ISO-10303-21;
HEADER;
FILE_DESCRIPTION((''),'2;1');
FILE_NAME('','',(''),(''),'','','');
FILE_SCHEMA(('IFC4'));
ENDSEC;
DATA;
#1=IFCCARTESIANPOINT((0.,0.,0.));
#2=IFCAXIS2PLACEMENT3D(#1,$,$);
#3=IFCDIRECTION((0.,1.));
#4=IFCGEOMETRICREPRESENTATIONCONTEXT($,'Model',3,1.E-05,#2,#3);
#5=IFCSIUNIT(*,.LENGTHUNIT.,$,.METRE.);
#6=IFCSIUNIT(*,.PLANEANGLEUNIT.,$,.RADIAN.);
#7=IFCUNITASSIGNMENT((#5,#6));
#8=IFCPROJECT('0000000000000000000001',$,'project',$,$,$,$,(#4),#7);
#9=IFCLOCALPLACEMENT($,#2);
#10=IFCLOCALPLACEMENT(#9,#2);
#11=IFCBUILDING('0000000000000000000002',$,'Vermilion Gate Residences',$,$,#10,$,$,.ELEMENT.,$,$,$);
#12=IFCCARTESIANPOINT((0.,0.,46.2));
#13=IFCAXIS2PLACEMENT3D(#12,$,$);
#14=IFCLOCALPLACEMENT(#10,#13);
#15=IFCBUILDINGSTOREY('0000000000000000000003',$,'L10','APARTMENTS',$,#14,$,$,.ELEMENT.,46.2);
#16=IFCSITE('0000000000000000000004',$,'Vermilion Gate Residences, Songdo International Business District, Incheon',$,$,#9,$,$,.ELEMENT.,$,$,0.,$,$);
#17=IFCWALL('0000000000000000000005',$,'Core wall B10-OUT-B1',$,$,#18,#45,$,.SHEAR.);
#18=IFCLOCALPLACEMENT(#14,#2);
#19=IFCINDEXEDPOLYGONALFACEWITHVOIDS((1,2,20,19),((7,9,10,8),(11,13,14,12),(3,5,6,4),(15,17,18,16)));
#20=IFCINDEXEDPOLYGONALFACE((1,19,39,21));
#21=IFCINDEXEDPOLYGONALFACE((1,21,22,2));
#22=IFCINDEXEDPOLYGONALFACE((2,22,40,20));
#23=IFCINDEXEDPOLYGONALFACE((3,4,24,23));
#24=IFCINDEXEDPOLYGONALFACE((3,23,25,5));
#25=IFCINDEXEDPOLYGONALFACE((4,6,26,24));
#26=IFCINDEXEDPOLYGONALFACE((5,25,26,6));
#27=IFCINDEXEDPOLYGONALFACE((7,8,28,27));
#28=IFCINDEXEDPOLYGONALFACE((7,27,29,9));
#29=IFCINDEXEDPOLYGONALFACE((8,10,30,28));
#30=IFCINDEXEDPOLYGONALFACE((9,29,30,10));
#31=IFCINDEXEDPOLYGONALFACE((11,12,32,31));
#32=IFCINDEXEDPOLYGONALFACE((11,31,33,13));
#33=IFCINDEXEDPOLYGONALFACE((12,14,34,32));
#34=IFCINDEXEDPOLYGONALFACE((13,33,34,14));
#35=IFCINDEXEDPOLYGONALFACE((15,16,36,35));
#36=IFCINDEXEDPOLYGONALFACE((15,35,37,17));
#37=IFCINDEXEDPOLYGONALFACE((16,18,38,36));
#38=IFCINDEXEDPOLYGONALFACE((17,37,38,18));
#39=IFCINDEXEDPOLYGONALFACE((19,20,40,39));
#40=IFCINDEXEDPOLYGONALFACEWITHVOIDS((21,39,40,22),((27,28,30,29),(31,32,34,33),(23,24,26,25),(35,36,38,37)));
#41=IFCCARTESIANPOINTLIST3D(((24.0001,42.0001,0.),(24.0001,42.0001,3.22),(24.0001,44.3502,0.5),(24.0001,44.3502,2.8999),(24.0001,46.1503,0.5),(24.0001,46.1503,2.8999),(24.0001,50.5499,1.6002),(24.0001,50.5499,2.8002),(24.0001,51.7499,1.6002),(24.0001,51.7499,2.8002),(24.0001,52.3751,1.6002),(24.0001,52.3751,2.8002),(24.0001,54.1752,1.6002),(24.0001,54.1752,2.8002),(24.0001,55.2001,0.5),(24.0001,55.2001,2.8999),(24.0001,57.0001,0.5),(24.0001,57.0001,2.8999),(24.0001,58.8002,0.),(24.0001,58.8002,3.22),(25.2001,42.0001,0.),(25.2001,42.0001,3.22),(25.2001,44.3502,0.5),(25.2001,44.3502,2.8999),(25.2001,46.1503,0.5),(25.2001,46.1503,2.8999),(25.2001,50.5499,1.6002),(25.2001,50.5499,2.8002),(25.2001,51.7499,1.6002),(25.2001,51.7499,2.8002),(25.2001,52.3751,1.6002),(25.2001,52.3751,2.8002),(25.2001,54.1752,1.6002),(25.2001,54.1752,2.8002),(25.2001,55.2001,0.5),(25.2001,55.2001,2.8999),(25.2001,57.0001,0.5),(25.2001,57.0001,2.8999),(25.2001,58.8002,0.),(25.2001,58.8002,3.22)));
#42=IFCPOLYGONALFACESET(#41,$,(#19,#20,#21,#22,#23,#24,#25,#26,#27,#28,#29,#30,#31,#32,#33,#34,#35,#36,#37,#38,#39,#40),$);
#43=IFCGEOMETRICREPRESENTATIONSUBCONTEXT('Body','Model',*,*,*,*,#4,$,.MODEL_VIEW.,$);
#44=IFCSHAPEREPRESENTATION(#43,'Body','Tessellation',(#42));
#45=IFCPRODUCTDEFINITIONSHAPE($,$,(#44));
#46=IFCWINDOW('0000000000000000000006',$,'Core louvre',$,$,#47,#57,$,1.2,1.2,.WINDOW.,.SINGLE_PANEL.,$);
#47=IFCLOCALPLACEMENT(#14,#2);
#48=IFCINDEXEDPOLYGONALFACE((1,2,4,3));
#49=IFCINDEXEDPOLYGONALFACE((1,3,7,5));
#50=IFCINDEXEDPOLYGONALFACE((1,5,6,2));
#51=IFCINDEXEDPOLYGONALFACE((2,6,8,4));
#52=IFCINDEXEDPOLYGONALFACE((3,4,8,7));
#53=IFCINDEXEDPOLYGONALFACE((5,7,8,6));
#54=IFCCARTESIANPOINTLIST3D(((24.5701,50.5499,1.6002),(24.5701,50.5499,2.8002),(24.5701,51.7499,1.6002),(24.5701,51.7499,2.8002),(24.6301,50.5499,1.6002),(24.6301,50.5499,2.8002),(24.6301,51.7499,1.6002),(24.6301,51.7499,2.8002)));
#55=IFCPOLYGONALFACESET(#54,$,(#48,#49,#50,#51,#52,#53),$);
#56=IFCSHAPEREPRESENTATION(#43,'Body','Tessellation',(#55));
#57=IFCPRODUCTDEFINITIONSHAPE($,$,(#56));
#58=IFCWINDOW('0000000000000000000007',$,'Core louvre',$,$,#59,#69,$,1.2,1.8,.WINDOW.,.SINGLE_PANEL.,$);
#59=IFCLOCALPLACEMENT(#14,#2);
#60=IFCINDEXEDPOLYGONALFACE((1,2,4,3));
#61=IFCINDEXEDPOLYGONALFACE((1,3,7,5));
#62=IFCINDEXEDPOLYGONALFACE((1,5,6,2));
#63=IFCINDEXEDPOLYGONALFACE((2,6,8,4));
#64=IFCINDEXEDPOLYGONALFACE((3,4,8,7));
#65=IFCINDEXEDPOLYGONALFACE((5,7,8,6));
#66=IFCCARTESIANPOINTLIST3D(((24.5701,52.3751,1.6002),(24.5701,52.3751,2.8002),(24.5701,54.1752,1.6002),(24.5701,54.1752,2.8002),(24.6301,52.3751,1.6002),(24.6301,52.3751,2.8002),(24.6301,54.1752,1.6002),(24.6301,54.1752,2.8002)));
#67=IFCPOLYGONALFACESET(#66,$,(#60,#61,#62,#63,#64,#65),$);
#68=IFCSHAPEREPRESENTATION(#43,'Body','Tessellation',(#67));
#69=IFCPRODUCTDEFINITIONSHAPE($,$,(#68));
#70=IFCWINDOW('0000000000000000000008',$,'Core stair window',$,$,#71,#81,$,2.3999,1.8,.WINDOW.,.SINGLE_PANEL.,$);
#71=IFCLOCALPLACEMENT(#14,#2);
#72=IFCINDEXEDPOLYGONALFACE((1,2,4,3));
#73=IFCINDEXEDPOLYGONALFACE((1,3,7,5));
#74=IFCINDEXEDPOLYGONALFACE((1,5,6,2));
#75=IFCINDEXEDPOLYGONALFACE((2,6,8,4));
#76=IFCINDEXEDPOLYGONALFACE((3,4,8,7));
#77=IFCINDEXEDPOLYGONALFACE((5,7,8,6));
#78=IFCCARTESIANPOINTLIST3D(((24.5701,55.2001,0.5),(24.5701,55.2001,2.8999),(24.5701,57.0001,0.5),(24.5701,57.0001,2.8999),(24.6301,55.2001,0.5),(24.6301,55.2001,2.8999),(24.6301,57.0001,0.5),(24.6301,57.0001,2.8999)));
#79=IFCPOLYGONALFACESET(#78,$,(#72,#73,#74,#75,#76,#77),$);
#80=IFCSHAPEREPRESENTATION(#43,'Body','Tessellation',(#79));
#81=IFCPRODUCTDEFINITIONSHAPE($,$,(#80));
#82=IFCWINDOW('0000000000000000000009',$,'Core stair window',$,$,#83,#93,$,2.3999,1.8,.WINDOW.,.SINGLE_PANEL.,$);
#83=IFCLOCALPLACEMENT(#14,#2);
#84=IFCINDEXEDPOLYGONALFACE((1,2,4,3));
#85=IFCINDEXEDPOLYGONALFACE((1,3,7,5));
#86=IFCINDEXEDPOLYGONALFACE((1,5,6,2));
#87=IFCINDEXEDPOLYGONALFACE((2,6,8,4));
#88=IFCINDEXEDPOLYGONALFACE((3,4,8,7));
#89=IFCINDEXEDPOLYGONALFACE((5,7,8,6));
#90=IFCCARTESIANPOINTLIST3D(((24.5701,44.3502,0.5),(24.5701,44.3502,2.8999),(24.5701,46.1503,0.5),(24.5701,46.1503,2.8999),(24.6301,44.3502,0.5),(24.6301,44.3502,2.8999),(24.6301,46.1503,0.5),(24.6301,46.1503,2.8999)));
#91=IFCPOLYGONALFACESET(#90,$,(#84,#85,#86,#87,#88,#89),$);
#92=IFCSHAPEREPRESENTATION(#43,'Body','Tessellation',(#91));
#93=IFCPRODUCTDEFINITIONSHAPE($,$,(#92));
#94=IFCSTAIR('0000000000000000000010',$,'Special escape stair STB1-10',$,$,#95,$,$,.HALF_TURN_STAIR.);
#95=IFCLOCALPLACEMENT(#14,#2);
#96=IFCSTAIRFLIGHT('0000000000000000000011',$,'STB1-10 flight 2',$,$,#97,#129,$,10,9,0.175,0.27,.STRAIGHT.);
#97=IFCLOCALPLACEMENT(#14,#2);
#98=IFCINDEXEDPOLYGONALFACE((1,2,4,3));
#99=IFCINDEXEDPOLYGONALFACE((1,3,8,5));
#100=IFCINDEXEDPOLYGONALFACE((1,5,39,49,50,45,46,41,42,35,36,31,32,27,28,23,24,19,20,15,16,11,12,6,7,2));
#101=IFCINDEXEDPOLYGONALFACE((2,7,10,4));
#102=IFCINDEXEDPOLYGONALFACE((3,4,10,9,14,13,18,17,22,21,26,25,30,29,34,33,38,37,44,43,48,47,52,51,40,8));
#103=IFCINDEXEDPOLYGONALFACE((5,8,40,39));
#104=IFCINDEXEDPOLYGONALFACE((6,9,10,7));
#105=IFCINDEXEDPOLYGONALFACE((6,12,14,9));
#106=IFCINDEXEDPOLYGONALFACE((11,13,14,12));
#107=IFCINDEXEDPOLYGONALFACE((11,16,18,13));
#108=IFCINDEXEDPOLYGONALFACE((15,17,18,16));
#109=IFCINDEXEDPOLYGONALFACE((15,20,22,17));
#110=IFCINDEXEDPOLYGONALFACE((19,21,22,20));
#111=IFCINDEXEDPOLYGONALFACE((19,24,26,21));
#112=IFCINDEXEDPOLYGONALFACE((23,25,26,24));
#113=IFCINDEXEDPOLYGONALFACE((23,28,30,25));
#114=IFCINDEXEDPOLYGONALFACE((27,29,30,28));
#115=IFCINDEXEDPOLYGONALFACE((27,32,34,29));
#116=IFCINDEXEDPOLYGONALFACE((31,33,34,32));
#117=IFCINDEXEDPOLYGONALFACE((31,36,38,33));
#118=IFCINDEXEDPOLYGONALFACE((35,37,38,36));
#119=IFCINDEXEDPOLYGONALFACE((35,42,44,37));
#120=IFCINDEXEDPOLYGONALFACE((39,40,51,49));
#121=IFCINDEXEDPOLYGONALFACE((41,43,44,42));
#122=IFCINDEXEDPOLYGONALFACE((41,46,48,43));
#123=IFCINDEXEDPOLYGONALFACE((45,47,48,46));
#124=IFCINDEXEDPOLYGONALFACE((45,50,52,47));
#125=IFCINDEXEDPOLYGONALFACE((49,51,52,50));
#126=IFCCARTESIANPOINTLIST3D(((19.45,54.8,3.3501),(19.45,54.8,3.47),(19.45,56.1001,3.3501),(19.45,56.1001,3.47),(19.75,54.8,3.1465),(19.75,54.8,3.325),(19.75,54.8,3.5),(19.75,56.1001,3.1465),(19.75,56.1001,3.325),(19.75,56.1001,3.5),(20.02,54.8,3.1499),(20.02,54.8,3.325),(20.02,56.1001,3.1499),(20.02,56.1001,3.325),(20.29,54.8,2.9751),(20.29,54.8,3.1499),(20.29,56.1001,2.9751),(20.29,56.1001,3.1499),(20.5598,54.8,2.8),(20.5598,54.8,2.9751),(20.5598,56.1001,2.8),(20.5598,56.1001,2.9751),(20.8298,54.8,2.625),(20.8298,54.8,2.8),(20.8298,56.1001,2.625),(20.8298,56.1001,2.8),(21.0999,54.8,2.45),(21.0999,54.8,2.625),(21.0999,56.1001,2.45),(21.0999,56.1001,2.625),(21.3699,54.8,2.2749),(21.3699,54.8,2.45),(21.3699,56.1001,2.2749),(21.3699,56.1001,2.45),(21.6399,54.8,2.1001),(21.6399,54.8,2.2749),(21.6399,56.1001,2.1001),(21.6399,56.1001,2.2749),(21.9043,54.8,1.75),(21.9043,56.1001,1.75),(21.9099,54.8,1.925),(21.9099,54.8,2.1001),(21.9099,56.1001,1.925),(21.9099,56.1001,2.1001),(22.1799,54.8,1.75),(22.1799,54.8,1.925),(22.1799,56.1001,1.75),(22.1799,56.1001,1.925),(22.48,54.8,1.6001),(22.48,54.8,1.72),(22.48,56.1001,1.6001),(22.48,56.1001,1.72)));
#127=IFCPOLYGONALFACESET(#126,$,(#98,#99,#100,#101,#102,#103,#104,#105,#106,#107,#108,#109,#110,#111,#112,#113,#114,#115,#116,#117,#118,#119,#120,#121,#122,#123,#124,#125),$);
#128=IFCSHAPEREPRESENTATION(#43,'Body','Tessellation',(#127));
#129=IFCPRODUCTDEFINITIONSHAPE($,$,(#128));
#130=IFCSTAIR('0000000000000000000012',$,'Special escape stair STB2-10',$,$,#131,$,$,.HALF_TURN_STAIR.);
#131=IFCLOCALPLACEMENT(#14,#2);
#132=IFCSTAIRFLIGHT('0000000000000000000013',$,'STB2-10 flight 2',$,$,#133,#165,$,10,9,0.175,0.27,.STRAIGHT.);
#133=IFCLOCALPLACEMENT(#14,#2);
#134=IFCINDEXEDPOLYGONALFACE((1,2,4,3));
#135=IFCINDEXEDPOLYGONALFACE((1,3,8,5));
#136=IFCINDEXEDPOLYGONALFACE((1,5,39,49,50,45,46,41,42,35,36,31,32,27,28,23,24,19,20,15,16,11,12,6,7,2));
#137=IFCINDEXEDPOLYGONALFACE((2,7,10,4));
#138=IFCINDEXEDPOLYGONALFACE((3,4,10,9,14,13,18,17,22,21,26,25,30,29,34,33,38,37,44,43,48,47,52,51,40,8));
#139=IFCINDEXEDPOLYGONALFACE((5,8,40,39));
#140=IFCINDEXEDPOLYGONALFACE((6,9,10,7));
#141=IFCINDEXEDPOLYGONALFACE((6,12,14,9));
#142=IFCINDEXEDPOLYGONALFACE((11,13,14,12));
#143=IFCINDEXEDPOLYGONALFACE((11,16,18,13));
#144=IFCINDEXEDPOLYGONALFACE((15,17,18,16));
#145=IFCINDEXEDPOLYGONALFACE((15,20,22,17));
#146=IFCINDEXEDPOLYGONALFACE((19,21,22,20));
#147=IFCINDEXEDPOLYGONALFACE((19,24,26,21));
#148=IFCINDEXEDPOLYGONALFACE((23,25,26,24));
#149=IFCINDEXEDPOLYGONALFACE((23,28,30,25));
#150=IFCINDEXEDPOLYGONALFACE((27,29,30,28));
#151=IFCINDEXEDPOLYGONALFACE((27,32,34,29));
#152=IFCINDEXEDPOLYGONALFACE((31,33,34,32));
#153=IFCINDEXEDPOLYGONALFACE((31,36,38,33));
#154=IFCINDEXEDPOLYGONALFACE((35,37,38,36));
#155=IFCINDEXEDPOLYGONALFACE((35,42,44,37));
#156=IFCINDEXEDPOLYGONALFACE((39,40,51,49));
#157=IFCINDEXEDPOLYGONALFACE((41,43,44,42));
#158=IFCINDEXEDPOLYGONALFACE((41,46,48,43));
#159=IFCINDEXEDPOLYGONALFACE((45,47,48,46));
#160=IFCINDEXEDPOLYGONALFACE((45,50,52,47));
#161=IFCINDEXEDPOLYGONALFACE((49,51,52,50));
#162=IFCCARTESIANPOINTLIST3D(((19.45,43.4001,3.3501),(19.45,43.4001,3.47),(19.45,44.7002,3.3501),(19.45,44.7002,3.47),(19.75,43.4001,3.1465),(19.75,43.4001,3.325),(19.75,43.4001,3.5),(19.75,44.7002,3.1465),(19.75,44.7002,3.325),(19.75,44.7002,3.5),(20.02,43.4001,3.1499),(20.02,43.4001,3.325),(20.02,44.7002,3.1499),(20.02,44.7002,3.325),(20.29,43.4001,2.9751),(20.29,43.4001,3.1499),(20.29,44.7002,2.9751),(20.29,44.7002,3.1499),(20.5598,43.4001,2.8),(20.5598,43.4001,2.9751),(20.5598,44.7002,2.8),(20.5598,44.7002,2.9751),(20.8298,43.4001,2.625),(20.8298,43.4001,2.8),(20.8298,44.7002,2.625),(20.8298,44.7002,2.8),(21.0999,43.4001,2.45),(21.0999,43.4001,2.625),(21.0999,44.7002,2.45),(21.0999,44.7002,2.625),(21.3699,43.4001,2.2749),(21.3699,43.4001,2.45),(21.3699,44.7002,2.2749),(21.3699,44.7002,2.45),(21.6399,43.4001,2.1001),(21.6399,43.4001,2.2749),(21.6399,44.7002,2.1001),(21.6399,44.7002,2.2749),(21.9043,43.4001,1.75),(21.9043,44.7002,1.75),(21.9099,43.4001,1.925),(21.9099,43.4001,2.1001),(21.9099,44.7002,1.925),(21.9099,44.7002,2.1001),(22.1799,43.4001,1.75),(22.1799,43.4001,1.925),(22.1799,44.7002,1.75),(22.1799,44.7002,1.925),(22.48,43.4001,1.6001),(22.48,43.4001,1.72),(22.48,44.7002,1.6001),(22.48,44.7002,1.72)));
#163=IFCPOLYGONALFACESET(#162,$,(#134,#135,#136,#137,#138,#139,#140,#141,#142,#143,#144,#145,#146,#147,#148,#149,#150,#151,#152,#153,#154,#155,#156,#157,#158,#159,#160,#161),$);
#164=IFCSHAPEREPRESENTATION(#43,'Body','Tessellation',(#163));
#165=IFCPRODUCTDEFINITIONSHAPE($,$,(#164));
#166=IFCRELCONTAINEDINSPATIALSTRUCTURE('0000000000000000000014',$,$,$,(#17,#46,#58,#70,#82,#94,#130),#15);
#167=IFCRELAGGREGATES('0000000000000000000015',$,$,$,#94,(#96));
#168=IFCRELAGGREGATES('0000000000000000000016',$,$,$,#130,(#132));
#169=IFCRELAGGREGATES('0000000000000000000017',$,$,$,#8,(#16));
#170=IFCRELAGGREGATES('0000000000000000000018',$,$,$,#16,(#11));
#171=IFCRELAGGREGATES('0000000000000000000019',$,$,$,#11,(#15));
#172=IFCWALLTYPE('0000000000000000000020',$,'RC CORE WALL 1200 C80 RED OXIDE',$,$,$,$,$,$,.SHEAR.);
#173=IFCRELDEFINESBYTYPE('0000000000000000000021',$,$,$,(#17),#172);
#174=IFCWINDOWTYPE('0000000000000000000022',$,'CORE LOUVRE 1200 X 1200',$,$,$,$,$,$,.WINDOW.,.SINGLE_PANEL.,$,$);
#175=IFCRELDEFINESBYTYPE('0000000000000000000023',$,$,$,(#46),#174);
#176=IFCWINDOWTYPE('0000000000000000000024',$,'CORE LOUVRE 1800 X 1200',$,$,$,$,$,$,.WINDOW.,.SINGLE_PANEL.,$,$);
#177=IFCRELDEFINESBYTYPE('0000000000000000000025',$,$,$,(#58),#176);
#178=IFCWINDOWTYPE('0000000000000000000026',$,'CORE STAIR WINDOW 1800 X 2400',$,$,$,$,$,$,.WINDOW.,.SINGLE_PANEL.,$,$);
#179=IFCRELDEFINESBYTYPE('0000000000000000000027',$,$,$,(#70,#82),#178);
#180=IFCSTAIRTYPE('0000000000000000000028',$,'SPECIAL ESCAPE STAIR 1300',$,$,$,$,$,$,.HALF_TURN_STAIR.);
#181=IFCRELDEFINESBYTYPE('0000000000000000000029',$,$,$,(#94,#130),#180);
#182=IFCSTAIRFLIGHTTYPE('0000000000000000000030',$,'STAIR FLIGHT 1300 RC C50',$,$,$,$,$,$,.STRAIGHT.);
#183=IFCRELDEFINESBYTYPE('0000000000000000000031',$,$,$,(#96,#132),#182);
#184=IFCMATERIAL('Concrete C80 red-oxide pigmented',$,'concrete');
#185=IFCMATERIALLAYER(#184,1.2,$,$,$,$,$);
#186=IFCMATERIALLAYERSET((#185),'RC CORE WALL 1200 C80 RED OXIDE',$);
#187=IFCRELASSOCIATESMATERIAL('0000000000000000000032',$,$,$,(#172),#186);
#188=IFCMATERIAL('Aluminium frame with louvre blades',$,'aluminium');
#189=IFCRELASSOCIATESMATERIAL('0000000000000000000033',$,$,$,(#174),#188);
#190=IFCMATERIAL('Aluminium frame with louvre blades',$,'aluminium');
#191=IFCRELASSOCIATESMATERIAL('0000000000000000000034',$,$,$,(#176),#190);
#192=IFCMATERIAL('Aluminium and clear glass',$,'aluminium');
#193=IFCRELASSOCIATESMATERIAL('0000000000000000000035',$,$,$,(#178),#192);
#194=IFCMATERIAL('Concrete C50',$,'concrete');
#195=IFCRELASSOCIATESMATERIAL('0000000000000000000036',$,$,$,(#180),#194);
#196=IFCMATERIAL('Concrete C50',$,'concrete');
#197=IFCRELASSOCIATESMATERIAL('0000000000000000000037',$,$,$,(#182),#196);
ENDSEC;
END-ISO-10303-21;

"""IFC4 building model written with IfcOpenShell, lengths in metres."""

from ifc_helpers import new_model, si_unit, direction, frame, frame_2d, origin, place, context, subcontext, project, spatial, polyline, rectangle, outline, extrude, material, layer, layer_set, type_object, element, fill, aggregate, save


model = new_model("IFC4")

# Units and contexts
model_context = context("Model", 3, precision=1e-05, world=origin(), true_north=direction((0.0, 1.0)))
body_context = subcontext(model_context, "Body", "Model", "MODEL_VIEW")
ifc_project = project(units=[si_unit("LENGTHUNIT", "METRE"), si_unit("PLANEANGLEUNIT", "RADIAN")], contexts=[model_context])

# Site, building, storey
site_placement = place(None, origin())
site = spatial("IfcSite", under=ifc_project, at=site_placement, Name="Vermilion Gate Residences, Songdo International Business District, Incheon", CompositionType="ELEMENT", RefElevation=0.0)
building_placement = place(site_placement, origin())
building = spatial("IfcBuilding", under=site, at=building_placement, Name="Vermilion Gate Residences", CompositionType="ELEMENT")
storey_placement = place(building_placement, frame((0.0, 0.0, 46.2)))
storey = spatial("IfcBuildingStorey", under=building, at=storey_placement, Name="L10", Description="APARTMENTS", CompositionType="ELEMENT", Elevation=46.2)

# Wall, openings, windows
ifc_material_1 = material(Name="Concrete C80 red-oxide pigmented", Category="concrete")
ifc_layer_1 = layer(ifc_material_1, 1.2)
ifc_layer_set_1 = layer_set([ifc_layer_1], Name="RC CORE WALL 1200 C80 RED OXIDE")
wall_type_1 = type_object("IfcWallType", Name="RC CORE WALL 1200 C80 RED OXIDE", PredefinedType="SHEAR", material=ifc_layer_set_1)
wall_1_placement = place(storey_placement, frame((24.6001, 58.8, 0.0), z_axis=(0.0, 0.0, 1.0), x_axis=(0.0, -1.0, 0.0)))
wall_1 = element("IfcWall", 1, at=wall_1_placement, inside=storey, type_object=wall_type_1, Name="Core wall B10-OUT-B1", PredefinedType="SHEAR", context=body_context, shape_type="SweptSolid", body=[
    extrude(rectangle(XDim=16.8, YDim=1.2, at=frame_2d((8.3999, 0.0))), origin(), (0.0, 0.0, 1.0), 3.22),
])
opening_1_placement = place(wall_1_placement, frame((1.8, 0.0, 0.5)))
opening_1 = element("IfcOpeningElement", 2, at=opening_1_placement, cuts=wall_1, PredefinedType="OPENING", context=body_context, shape_type="SweptSolid", body=[
    extrude(rectangle(XDim=1.8, YDim=2.3999, at=frame_2d((0.8999, 1.2))), frame((0.0, 0.6099, 0.0), z_axis=(0.0, -1.0, 0.0), x_axis=(1.0, 0.0, 0.0)), (0.0, 0.0, 1.0), 1.22),
])
opening_2_placement = place(wall_1_placement, frame((4.625, 0.0, 1.6001)))
opening_2 = element("IfcOpeningElement", 3, at=opening_2_placement, cuts=wall_1, PredefinedType="OPENING", context=body_context, shape_type="SweptSolid", body=[
    extrude(rectangle(XDim=1.8, YDim=1.2, at=frame_2d((0.8999, 0.6001))), frame((0.0, 0.6099, 0.0), z_axis=(0.0, -1.0, 0.0), x_axis=(1.0, 0.0, 0.0)), (0.0, 0.0, 1.0), 1.22),
])
opening_3_placement = place(wall_1_placement, frame((7.05, 0.0, 1.6001)))
opening_3 = element("IfcOpeningElement", 4, at=opening_3_placement, cuts=wall_1, PredefinedType="OPENING", context=body_context, shape_type="SweptSolid", body=[
    extrude(rectangle(XDim=1.2, YDim=1.2, at=frame_2d((0.6001, 0.6001))), frame((0.0, 0.6099, 0.0), z_axis=(0.0, -1.0, 0.0), x_axis=(1.0, 0.0, 0.0)), (0.0, 0.0, 1.0), 1.22),
])
opening_4_placement = place(wall_1_placement, frame((12.6499, 0.0, 0.5)))
opening_4 = element("IfcOpeningElement", 5, at=opening_4_placement, cuts=wall_1, PredefinedType="OPENING", context=body_context, shape_type="SweptSolid", body=[
    extrude(rectangle(XDim=1.8, YDim=2.3999, at=frame_2d((0.8999, 1.2))), frame((0.0, 0.6099, 0.0), z_axis=(0.0, -1.0, 0.0), x_axis=(1.0, 0.0, 0.0)), (0.0, 0.0, 1.0), 1.22),
])
ifc_material_2 = material(Name="Aluminium frame with louvre blades", Category="aluminium")
window_type_1 = type_object("IfcWindowType", Name="CORE LOUVRE 1200 X 1200", PartitioningType="SINGLE_PANEL", PredefinedType="WINDOW", material=ifc_material_2)
window_1_placement = place(opening_3_placement, origin())
window_1 = element("IfcWindow", 6, at=window_1_placement, inside=storey, type_object=window_type_1, Name="Core louvre", OverallHeight=1.2, OverallWidth=1.2, PartitioningType="SINGLE_PANEL", PredefinedType="WINDOW", context=body_context, shape_type="SweptSolid", body=[
    extrude(rectangle(XDim=1.2, YDim=1.2, at=frame_2d((0.6001, 0.6001))), frame((0.0, 0.03, 0.0), z_axis=(0.0, -1.0, 0.0), x_axis=(1.0, 0.0, 0.0)), (0.0, 0.0, 1.0), 0.0601),
])
fill(opening_3, window_1)
ifc_material_3 = material(Name="Aluminium frame with louvre blades", Category="aluminium")
window_type_2 = type_object("IfcWindowType", Name="CORE LOUVRE 1800 X 1200", PartitioningType="SINGLE_PANEL", PredefinedType="WINDOW", material=ifc_material_3)
window_2_placement = place(opening_2_placement, origin())
window_2 = element("IfcWindow", 7, at=window_2_placement, inside=storey, type_object=window_type_2, Name="Core louvre", OverallHeight=1.2, OverallWidth=1.8, PartitioningType="SINGLE_PANEL", PredefinedType="WINDOW", context=body_context, shape_type="SweptSolid", body=[
    extrude(rectangle(XDim=1.8, YDim=1.2, at=frame_2d((0.8999, 0.6001))), frame((0.0, 0.03, 0.0), z_axis=(0.0, -1.0, 0.0), x_axis=(1.0, 0.0, 0.0)), (0.0, 0.0, 1.0), 0.0601),
])
fill(opening_2, window_2)
ifc_material_4 = material(Name="Aluminium and clear glass", Category="aluminium")
window_type_3 = type_object("IfcWindowType", Name="CORE STAIR WINDOW 1800 X 2400", PartitioningType="SINGLE_PANEL", PredefinedType="WINDOW", material=ifc_material_4)
window_3_placement = place(opening_1_placement, origin())
window_3 = element("IfcWindow", 8, at=window_3_placement, inside=storey, type_object=window_type_3, Name="Core stair window", OverallHeight=2.3999, OverallWidth=1.8, PartitioningType="SINGLE_PANEL", PredefinedType="WINDOW", context=body_context, shape_type="SweptSolid", body=[
    extrude(rectangle(XDim=1.8, YDim=2.3999, at=frame_2d((0.8999, 1.2))), frame((0.0, 0.03, 0.0), z_axis=(0.0, -1.0, 0.0), x_axis=(1.0, 0.0, 0.0)), (0.0, 0.0, 1.0), 0.0601),
])
fill(opening_1, window_3)
window_4_placement = place(opening_4_placement, origin())
window_4 = element("IfcWindow", 9, at=window_4_placement, inside=storey, type_object=window_type_3, Name="Core stair window", OverallHeight=2.3999, OverallWidth=1.8, PartitioningType="SINGLE_PANEL", PredefinedType="WINDOW", context=body_context, shape_type="SweptSolid", body=[
    extrude(rectangle(XDim=1.8, YDim=2.3999, at=frame_2d((0.8999, 1.2))), frame((0.0, 0.03, 0.0), z_axis=(0.0, -1.0, 0.0), x_axis=(1.0, 0.0, 0.0)), (0.0, 0.0, 1.0), 0.0601),
])
fill(opening_4, window_4)

# Stairs, stair flights
ifc_material_5 = material(Name="Concrete C50", Category="concrete")
stair_type = type_object("IfcStairType", Name="SPECIAL ESCAPE STAIR 1300", PredefinedType="HALF_TURN_STAIR", material=ifc_material_5)
stair_1_placement = place(storey_placement, origin())
stair_1 = element("IfcStair", 10, at=stair_1_placement, inside=storey, type_object=stair_type, Name="Special escape stair STB1-10", PredefinedType="HALF_TURN_STAIR")
ifc_material_6 = material(Name="Concrete C50", Category="concrete")
stair_flight_type = type_object("IfcStairFlightType", Name="STAIR FLIGHT 1300 RC C50", PredefinedType="STRAIGHT", material=ifc_material_6)
stair_flight_1_placement = place(storey_placement, frame((22.1799, 55.45, 1.75), z_axis=(0.0, 0.0, 1.0), x_axis=(-1.0, 0.0, 0.0)))
stair_flight_1 = element("IfcStairFlight", 11, at=stair_flight_1_placement, type_object=stair_flight_type, Name="STB1-10 flight 2", NumberOfRisers=10, NumberOfTreads=9, PredefinedType="STRAIGHT", RiserHeight=0.175, TreadLength=0.27, context=body_context, shape_type="SweptSolid", body=[
    extrude(outline(polyline([(-0.3, -0.1499), (-0.3, -0.03), (0.0, 0.0), (0.0, 0.175), (0.27, 0.175), (0.27, 0.3501), (0.54, 0.3501), (0.54, 0.5249), (0.8101, 0.5249), (0.8101, 0.7), (1.0801, 0.7), (1.0801, 0.875), (1.3501, 0.875), (1.3501, 1.05), (1.6201, 1.05), (1.6201, 1.2251), (1.8899, 1.2251), (1.8899, 1.3999), (2.1599, 1.3999), (2.1599, 1.575), (2.4299, 1.575), (2.4299, 1.75), (2.73, 1.72), (2.73, 1.6001), (2.4299, 1.3965), (0.2756, 0.0), (-0.3, -0.1499)])), frame((0.0, 0.6499, 0.0), z_axis=(0.0, -1.0, 0.0), x_axis=(1.0, 0.0, 0.0)), (0.0, 0.0, 1.0), 1.3),
])
aggregate(stair_1, [stair_flight_1])
stair_2_placement = place(storey_placement, origin())
stair_2 = element("IfcStair", 12, at=stair_2_placement, inside=storey, type_object=stair_type, Name="Special escape stair STB2-10", PredefinedType="HALF_TURN_STAIR")
stair_flight_2_placement = place(storey_placement, frame((22.1799, 44.05, 1.75), z_axis=(0.0, 0.0, 1.0), x_axis=(-1.0, 0.0, 0.0)))
stair_flight_2 = element("IfcStairFlight", 13, at=stair_flight_2_placement, type_object=stair_flight_type, Name="STB2-10 flight 2", NumberOfRisers=10, NumberOfTreads=9, PredefinedType="STRAIGHT", RiserHeight=0.175, TreadLength=0.27, context=body_context, shape_type="SweptSolid", body=[
    extrude(outline(polyline([(-0.3, -0.1499), (-0.3, -0.03), (0.0, 0.0), (0.0, 0.175), (0.27, 0.175), (0.27, 0.3501), (0.54, 0.3501), (0.54, 0.5249), (0.8101, 0.5249), (0.8101, 0.7), (1.0801, 0.7), (1.0801, 0.875), (1.3501, 0.875), (1.3501, 1.05), (1.6201, 1.05), (1.6201, 1.2251), (1.8899, 1.2251), (1.8899, 1.3999), (2.1599, 1.3999), (2.1599, 1.575), (2.4299, 1.575), (2.4299, 1.75), (2.73, 1.72), (2.73, 1.6001), (2.4299, 1.3965), (0.2756, 0.0), (-0.3, -0.1499)])), frame((0.0, 0.6499, 0.0), z_axis=(0.0, -1.0, 0.0), x_axis=(1.0, 0.0, 0.0)), (0.0, 0.0, 1.0), 1.3),
])
aggregate(stair_2, [stair_flight_2])

save(model, "model.ifc")
